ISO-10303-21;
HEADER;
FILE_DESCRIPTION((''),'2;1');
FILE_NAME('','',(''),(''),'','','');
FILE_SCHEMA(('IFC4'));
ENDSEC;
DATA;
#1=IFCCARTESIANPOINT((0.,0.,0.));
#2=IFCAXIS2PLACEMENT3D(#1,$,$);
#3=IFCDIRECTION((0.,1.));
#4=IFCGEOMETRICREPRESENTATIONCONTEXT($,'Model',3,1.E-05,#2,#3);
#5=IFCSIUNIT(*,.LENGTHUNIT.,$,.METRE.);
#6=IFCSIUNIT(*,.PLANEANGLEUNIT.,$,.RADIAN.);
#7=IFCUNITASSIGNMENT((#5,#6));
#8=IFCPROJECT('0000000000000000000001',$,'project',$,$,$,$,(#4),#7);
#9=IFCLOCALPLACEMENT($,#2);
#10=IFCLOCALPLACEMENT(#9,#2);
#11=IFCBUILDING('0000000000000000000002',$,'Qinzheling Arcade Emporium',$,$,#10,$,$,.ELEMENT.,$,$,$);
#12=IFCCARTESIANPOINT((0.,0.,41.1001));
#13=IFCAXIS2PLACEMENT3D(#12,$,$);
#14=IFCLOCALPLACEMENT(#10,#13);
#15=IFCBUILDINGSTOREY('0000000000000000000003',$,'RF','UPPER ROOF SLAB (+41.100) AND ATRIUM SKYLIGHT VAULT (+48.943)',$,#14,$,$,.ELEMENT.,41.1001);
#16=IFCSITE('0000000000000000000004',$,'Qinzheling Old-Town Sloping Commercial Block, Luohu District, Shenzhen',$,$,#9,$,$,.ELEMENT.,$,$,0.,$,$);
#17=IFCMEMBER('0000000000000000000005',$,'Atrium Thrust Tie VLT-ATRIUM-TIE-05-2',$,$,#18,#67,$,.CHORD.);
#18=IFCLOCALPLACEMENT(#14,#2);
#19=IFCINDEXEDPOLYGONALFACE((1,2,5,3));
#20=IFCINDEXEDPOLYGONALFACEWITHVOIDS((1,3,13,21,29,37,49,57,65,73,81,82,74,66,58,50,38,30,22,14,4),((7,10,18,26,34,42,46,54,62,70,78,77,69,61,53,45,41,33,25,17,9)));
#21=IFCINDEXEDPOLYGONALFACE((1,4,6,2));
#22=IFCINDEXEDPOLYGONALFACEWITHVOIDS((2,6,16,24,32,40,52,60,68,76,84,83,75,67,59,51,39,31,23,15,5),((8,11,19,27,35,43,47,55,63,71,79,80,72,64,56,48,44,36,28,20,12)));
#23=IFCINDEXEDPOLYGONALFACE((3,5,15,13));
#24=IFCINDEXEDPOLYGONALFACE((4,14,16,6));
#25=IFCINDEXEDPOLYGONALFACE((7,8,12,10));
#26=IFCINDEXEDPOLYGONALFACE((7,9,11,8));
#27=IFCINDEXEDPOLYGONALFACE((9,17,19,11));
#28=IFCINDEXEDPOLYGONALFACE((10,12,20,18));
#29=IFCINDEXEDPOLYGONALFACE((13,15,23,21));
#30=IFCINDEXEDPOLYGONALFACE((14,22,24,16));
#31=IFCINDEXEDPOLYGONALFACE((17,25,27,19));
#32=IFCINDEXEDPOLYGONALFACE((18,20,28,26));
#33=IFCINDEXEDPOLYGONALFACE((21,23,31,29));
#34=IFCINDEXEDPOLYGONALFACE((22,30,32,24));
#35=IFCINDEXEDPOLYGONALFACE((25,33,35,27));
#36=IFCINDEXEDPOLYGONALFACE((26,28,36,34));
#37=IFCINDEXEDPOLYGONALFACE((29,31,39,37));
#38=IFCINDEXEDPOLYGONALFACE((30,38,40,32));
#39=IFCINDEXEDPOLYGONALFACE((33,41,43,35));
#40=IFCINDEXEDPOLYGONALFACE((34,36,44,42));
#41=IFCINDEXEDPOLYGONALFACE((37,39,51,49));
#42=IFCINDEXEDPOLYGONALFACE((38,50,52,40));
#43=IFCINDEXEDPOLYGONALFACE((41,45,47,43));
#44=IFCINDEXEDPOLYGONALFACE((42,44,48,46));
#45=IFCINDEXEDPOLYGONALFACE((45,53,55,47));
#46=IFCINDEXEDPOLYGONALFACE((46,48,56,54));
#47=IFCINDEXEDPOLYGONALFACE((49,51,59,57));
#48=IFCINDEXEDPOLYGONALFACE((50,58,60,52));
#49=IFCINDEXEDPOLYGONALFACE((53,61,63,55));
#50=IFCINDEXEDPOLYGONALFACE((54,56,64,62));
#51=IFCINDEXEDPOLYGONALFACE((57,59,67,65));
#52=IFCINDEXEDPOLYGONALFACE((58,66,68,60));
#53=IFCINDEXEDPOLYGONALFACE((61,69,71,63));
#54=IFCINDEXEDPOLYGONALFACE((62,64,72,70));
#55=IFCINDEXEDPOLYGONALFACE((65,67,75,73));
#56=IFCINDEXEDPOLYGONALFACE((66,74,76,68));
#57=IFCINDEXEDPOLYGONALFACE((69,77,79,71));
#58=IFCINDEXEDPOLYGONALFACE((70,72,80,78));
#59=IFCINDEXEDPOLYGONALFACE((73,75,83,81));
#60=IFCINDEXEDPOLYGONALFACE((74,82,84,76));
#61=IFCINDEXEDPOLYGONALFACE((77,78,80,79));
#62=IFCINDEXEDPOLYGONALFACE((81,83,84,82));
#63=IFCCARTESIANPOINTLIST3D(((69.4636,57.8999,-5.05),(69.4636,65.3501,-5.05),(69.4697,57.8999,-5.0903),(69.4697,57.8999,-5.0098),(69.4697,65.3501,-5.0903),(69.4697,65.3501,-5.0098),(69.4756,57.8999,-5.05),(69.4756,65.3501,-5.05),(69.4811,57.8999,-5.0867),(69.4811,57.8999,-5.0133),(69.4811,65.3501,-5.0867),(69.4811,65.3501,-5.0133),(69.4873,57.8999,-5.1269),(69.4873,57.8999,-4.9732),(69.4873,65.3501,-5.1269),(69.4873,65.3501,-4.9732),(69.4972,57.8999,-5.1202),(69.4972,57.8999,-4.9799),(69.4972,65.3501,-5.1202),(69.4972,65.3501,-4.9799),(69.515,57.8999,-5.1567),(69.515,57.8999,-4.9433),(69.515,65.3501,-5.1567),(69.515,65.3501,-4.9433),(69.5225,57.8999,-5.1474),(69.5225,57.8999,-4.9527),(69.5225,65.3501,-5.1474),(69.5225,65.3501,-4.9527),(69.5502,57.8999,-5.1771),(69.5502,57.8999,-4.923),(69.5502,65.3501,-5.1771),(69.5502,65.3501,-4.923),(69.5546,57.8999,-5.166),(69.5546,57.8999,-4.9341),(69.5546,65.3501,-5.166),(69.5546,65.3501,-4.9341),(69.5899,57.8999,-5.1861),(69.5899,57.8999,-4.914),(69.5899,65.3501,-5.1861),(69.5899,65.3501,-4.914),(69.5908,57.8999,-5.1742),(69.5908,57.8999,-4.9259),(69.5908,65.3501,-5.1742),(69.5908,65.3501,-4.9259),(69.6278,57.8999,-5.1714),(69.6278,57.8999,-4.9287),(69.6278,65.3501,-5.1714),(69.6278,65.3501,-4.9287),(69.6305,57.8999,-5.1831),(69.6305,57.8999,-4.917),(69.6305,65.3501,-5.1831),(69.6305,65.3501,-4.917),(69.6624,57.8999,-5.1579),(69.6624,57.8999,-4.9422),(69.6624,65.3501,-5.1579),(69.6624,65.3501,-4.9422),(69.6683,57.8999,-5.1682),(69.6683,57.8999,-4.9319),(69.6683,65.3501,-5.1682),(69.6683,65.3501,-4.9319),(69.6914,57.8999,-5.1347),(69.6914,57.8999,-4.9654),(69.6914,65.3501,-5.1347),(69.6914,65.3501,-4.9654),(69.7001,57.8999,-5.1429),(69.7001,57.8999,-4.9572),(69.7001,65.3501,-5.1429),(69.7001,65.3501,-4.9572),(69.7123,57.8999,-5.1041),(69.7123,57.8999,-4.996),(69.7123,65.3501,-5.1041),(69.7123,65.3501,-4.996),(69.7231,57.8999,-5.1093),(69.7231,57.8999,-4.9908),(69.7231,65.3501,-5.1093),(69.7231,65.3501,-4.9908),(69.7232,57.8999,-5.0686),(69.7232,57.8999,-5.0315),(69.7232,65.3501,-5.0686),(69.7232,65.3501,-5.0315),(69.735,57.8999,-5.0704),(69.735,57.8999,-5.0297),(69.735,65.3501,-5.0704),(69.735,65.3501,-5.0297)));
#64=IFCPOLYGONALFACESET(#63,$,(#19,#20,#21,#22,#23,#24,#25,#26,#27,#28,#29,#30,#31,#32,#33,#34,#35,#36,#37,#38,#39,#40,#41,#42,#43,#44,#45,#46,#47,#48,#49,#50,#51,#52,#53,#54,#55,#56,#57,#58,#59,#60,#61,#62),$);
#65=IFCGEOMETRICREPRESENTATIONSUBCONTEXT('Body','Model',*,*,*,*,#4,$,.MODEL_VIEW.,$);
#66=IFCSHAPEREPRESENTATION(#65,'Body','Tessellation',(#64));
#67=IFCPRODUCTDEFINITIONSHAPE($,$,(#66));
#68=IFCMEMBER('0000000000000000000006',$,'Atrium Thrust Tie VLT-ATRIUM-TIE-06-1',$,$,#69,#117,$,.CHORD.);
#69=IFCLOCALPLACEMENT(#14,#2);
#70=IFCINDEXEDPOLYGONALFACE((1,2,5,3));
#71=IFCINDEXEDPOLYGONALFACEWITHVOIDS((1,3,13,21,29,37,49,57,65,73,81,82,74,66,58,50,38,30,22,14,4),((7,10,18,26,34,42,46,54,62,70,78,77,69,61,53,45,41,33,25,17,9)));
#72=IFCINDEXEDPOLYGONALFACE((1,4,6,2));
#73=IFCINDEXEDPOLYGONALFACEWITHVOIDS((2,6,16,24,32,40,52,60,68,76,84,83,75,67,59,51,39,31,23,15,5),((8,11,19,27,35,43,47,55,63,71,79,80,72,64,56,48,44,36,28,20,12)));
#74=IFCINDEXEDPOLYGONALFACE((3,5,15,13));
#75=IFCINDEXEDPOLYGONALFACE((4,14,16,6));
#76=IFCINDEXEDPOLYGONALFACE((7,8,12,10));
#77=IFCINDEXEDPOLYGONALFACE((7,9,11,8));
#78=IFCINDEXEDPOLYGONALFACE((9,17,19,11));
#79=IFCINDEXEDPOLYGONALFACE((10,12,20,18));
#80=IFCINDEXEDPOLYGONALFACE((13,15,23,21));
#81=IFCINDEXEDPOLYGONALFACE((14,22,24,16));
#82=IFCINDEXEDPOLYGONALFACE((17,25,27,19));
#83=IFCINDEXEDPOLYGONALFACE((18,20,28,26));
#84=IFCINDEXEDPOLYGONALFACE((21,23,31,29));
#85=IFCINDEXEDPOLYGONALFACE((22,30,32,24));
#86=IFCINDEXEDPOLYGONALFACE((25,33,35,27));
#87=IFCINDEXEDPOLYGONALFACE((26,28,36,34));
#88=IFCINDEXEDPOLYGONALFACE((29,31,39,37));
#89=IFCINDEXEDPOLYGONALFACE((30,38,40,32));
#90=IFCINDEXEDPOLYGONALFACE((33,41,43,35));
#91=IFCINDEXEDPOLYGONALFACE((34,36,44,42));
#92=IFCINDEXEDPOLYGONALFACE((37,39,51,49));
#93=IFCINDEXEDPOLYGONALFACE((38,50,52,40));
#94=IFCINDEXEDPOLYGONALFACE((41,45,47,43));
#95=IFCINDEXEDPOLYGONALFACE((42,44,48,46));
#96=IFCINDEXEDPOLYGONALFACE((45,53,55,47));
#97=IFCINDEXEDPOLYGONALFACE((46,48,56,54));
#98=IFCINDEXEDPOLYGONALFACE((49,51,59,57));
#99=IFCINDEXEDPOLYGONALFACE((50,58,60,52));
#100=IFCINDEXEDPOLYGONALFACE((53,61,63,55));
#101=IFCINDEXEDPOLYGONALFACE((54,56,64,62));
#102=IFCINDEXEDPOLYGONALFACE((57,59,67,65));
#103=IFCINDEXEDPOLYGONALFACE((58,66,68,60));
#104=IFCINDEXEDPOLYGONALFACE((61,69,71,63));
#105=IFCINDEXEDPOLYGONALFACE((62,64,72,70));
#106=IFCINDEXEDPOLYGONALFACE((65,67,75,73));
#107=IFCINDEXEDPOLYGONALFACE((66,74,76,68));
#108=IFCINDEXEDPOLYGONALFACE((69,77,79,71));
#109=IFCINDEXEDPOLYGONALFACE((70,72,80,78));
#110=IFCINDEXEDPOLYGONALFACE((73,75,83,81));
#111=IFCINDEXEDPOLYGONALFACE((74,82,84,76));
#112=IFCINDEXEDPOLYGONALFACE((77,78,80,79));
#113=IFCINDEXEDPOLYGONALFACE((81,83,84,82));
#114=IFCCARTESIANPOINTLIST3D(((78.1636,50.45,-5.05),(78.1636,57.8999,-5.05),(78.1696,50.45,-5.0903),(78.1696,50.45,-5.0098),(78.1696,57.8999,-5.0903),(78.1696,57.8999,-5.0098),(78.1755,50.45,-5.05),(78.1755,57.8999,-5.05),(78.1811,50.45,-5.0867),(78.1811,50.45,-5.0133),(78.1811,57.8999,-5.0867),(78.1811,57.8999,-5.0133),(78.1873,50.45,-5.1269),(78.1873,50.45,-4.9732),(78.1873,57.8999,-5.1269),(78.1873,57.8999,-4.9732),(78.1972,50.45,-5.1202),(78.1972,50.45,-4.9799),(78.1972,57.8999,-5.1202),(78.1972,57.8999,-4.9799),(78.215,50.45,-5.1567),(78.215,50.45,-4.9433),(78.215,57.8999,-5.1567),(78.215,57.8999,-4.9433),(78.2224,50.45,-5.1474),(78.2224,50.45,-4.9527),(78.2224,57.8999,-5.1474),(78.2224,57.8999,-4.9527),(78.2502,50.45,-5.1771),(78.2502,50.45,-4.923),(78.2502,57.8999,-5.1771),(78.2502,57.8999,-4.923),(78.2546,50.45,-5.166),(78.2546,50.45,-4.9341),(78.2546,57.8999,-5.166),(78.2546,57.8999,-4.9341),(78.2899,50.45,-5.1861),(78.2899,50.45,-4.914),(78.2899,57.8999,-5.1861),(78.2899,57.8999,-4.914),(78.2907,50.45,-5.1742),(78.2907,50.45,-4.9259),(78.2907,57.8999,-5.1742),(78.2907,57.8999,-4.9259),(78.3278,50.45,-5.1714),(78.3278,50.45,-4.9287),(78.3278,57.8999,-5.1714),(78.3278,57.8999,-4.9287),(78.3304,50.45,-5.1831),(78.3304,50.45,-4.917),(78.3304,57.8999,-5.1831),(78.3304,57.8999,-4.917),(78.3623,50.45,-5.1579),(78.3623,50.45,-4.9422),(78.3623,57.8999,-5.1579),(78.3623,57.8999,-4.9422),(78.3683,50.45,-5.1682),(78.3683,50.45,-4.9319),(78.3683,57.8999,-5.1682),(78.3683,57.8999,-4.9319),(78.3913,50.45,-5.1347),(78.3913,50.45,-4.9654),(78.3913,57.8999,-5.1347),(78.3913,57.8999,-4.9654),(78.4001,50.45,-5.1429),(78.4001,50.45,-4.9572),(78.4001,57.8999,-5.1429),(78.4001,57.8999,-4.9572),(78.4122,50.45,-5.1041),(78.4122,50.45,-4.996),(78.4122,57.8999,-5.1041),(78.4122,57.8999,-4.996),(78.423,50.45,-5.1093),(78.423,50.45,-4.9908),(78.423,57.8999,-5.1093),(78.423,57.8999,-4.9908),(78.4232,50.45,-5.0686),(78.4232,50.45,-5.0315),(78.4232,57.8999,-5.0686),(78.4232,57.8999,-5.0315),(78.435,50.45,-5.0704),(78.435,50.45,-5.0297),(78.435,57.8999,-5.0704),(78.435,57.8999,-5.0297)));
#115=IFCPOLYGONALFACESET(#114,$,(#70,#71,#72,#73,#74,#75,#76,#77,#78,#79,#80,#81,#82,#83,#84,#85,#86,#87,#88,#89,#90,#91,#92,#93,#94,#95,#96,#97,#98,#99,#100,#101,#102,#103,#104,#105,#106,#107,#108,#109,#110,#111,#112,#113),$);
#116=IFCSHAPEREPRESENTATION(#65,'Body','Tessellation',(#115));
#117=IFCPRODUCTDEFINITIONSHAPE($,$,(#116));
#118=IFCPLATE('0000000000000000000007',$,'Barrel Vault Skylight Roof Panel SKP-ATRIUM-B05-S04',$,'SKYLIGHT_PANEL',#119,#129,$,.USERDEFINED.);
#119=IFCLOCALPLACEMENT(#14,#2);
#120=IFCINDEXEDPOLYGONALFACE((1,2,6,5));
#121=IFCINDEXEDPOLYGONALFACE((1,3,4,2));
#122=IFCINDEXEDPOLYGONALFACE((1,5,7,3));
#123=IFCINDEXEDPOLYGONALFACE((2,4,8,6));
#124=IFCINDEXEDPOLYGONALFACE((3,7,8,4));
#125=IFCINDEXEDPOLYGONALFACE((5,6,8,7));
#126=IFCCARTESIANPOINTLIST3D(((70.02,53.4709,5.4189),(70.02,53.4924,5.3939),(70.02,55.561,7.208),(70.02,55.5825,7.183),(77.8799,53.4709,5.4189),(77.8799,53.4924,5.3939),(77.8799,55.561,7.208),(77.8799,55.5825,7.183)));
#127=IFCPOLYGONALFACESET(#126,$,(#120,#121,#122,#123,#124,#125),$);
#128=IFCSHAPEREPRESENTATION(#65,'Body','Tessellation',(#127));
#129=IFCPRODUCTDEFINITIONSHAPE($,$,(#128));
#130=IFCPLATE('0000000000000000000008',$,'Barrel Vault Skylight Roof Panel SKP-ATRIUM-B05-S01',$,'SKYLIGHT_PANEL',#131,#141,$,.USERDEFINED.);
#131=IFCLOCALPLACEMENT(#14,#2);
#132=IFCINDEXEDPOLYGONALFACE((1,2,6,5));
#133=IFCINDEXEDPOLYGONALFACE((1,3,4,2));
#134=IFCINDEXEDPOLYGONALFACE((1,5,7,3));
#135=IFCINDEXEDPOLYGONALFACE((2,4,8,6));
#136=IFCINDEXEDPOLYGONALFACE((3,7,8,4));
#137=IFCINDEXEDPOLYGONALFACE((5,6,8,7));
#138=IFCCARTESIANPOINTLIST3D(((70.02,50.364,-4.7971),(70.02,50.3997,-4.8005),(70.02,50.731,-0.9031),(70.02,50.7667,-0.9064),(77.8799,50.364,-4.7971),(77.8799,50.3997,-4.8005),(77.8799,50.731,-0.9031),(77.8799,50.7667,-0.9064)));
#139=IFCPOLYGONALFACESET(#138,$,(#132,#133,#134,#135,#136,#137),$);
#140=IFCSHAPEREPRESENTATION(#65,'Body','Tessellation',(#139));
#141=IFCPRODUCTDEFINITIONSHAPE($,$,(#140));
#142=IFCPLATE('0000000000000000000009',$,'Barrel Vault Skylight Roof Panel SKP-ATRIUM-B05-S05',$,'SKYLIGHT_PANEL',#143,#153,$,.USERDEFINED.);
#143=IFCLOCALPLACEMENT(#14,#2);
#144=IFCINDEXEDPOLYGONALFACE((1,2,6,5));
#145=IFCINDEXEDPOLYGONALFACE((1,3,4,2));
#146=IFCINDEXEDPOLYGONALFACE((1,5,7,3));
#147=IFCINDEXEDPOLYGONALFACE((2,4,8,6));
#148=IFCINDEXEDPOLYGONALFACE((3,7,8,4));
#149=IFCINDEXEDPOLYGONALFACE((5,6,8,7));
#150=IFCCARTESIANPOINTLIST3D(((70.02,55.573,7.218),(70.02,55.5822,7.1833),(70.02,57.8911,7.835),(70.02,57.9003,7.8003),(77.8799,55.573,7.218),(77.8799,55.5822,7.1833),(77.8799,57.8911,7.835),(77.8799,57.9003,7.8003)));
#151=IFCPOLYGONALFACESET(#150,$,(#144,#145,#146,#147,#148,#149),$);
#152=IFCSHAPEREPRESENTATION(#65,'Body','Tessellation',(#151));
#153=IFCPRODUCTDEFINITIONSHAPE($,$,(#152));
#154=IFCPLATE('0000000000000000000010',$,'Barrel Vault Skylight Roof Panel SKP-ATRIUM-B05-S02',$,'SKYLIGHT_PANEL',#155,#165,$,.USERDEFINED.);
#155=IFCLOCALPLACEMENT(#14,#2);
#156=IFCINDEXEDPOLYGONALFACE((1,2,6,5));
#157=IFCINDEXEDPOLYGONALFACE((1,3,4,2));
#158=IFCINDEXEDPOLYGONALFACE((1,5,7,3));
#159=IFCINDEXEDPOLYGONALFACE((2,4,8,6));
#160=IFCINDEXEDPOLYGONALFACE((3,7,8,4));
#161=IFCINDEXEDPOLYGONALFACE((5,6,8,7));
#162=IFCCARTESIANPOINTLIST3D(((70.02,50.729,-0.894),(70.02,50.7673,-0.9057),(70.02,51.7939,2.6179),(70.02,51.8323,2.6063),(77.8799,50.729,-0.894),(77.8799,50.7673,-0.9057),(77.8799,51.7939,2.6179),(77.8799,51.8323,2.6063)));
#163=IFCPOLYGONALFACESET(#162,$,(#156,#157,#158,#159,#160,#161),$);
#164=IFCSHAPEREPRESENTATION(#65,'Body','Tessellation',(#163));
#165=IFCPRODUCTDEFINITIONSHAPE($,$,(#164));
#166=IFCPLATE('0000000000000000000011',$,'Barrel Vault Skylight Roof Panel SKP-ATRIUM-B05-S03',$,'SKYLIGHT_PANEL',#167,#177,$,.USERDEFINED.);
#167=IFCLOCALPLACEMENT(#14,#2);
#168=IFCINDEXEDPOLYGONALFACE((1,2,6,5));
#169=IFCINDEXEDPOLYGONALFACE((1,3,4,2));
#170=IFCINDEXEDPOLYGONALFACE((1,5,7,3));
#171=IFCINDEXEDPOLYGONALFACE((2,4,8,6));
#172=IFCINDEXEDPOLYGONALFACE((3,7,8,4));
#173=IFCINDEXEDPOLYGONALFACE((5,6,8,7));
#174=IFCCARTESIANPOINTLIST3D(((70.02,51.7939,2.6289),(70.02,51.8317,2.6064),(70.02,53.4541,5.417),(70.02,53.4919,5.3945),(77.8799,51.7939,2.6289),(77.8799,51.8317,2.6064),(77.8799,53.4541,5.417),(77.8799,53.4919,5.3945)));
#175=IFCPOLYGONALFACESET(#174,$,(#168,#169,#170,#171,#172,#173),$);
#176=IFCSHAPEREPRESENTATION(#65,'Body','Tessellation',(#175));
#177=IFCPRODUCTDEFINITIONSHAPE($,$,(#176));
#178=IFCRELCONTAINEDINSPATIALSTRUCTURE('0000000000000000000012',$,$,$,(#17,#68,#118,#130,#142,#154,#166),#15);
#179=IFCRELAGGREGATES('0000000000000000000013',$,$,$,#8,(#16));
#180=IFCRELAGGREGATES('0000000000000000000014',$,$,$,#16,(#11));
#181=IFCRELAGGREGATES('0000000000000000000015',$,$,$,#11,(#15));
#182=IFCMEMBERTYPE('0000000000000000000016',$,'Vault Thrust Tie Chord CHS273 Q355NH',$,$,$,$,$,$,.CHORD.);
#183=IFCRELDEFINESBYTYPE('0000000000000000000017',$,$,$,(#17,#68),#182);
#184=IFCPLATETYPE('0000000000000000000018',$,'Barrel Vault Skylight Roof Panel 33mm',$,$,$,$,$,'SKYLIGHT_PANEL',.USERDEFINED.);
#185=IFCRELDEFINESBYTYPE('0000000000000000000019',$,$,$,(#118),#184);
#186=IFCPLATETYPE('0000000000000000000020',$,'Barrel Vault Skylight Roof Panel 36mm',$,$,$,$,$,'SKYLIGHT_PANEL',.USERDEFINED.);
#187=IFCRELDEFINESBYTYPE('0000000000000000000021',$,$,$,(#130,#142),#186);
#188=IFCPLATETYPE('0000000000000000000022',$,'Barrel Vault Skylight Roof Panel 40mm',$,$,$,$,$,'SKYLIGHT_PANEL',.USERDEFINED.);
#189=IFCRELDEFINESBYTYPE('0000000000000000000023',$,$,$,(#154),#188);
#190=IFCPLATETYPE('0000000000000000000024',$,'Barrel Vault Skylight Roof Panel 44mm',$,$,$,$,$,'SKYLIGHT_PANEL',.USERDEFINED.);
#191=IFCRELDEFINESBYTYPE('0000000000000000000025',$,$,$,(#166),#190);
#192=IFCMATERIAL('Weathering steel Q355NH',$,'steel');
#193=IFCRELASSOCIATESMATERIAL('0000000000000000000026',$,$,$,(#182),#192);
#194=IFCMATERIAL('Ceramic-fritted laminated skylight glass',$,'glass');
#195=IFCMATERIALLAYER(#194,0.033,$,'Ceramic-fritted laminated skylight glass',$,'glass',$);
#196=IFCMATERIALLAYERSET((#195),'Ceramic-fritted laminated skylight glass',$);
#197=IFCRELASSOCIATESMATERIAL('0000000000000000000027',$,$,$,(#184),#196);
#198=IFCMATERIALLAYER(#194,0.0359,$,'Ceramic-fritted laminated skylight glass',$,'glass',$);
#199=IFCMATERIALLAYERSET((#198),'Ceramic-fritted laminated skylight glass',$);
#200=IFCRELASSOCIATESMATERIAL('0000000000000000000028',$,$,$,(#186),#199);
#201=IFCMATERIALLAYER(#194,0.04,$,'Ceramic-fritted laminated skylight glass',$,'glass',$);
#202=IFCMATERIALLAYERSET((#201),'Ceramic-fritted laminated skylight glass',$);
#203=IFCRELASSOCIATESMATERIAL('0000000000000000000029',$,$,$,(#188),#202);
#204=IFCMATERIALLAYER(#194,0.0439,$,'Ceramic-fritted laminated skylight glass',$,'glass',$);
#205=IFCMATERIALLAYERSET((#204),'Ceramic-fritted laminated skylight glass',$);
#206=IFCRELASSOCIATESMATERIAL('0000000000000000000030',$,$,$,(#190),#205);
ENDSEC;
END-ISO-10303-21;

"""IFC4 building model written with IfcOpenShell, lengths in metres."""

from ifc_helpers import new_model, si_unit, direction, frame, origin, origin_2d, place, context, subcontext, project, spatial, polyline, hollow_circle, outline, extrude, material, layer, layer_set, material_profile, profile_set, type_object, element, save


model = new_model("IFC4")

# Units and contexts
model_context = context("Model", 3, precision=1e-05, world=origin(), true_north=direction((0.0, 1.0)))
body_context = subcontext(model_context, "Body", "Model", "MODEL_VIEW")
ifc_project = project(units=[si_unit("LENGTHUNIT", "METRE"), si_unit("PLANEANGLEUNIT", "RADIAN")], contexts=[model_context])

# Site, building, storey
site_placement = place(None, origin())
site = spatial("IfcSite", under=ifc_project, at=site_placement, Name="Qinzheling Old-Town Sloping Commercial Block, Luohu District, Shenzhen", CompositionType="ELEMENT", RefElevation=0.0)
building_placement = place(site_placement, origin())
building = spatial("IfcBuilding", under=site, at=building_placement, Name="Qinzheling Arcade Emporium", CompositionType="ELEMENT")
storey_placement = place(building_placement, frame((0.0, 0.0, 41.1001)))
storey = spatial("IfcBuildingStorey", under=building, at=storey_placement, Name="RF", Description="UPPER ROOF SLAB (+41.100) AND ATRIUM SKYLIGHT VAULT (+48.943)", CompositionType="ELEMENT", Elevation=41.1001)

# Shared definitions
ifc_material_1 = material(Name="Weathering steel Q355NH", Category="steel")

# Members
ifc_material_profile_1 = material_profile(ifc_material_1, hollow_circle(Radius=0.1365, WallThickness=0.012, at=origin_2d()), Name="CHS 273x12", Category="steel")
ifc_profile_set_1 = profile_set([ifc_material_profile_1], Name="Weathering steel Q355NH")
member_type_1 = type_object("IfcMemberType", Name="Vault Thrust Tie Chord CHS273 Q355NH", PredefinedType="CHORD", material=ifc_profile_set_1)
member_1_placement = place(storey_placement, frame((69.6001, 57.8999, -5.05), z_axis=(0.0, 1.0, 0.0), x_axis=(-1.0, 0.0, 0.0)))
element("IfcMember", 1, at=member_1_placement, inside=storey, type_object=member_type_1, Name="Atrium Thrust Tie VLT-ATRIUM-TIE-05-2", PredefinedType="CHORD", context=body_context, shape_type="SweptSolid", body=[
    extrude(hollow_circle(Radius=0.1365, WallThickness=0.012, at=origin_2d()), origin(), (0.0, 0.0, 1.0), 7.4502),
])
member_2_placement = place(storey_placement, frame((78.3, 50.45, -5.05), z_axis=(0.0, 1.0, 0.0), x_axis=(-1.0, 0.0, 0.0)))
element("IfcMember", 2, at=member_2_placement, inside=storey, type_object=member_type_1, Name="Atrium Thrust Tie VLT-ATRIUM-TIE-06-1", PredefinedType="CHORD", context=body_context, shape_type="SweptSolid", body=[
    extrude(hollow_circle(Radius=0.1365, WallThickness=0.012, at=origin_2d()), origin(), (0.0, 0.0, 1.0), 7.45),
])

# Plates
ifc_material_2 = material(Name="Ceramic-fritted laminated skylight glass", Category="glass")
ifc_layer_1 = layer(ifc_material_2, 0.033, Name="Ceramic-fritted laminated skylight glass", Category="glass")
ifc_layer_set_1 = layer_set([ifc_layer_1], Name="Ceramic-fritted laminated skylight glass")
plate_type_1 = type_object("IfcPlateType", Name="Barrel Vault Skylight Roof Panel 33mm", ElementType="SKYLIGHT_PANEL", PredefinedType="USERDEFINED", material=ifc_layer_set_1)
plate_1_placement = place(storey_placement, frame((70.02, 53.4709, 5.4189), z_axis=(0.0, -0.65028, 0.759695), x_axis=(1.0, 0.0, 0.0)))
element("IfcPlate", 3, at=plate_1_placement, inside=storey, type_object=plate_type_1, Name="Barrel Vault Skylight Roof Panel SKP-ATRIUM-B05-S04", ObjectType="SKYLIGHT_PANEL", PredefinedType="USERDEFINED", context=body_context, shape_type="SweptSolid", body=[
    extrude(outline(polyline([(0.0, 0.0), (7.8599, 0.0), (7.8599, 2.7512), (0.0, 2.7512), (0.0, 0.0)])), origin(), (0.0, 0.0, -1.0), 0.033),
])
ifc_layer_2 = layer(ifc_material_2, 0.0359, Name="Ceramic-fritted laminated skylight glass", Category="glass")
ifc_layer_set_2 = layer_set([ifc_layer_2], Name="Ceramic-fritted laminated skylight glass")
plate_type_2 = type_object("IfcPlateType", Name="Barrel Vault Skylight Roof Panel 36mm", ElementType="SKYLIGHT_PANEL", PredefinedType="USERDEFINED", material=ifc_layer_set_2)
plate_2_placement = place(storey_placement, frame((70.02, 50.364, -4.7971), z_axis=(0.0, -0.99559, 0.093816), x_axis=(1.0, 0.0, 0.0)))
element("IfcPlate", 4, at=plate_2_placement, inside=storey, type_object=plate_type_2, Name="Barrel Vault Skylight Roof Panel SKP-ATRIUM-B05-S01", ObjectType="SKYLIGHT_PANEL", PredefinedType="USERDEFINED", context=body_context, shape_type="SweptSolid", body=[
    extrude(outline(polyline([(0.0, 0.0), (7.8599, 0.0), (7.8599, 3.9113), (0.0, 3.9113), (0.0, 0.0)])), origin(), (0.0, 0.0, -1.0), 0.0359),
])
plate_3_placement = place(storey_placement, frame((70.02, 55.573, 7.218), z_axis=(0.0, -0.257188, 0.966362), x_axis=(1.0, 0.0, 0.0)))
element("IfcPlate", 5, at=plate_3_placement, inside=storey, type_object=plate_type_2, Name="Barrel Vault Skylight Roof Panel SKP-ATRIUM-B05-S05", ObjectType="SKYLIGHT_PANEL", PredefinedType="USERDEFINED", context=body_context, shape_type="SweptSolid", body=[
    extrude(outline(polyline([(0.0, 0.0), (7.8599, 0.0), (7.8599, 2.3988), (0.0, 2.3988), (0.0, 0.0)])), origin(), (0.0, 0.0, -1.0), 0.0359),
])
ifc_layer_3 = layer(ifc_material_2, 0.04, Name="Ceramic-fritted laminated skylight glass", Category="glass")
ifc_layer_set_3 = layer_set([ifc_layer_3], Name="Ceramic-fritted laminated skylight glass")
plate_type_3 = type_object("IfcPlateType", Name="Barrel Vault Skylight Roof Panel 40mm", ElementType="SKYLIGHT_PANEL", PredefinedType="USERDEFINED", material=ifc_layer_set_3)
plate_4_placement = place(storey_placement, frame((70.02, 50.729, -0.894), z_axis=(0.0, -0.956971, 0.290185), x_axis=(1.0, 0.0, 0.0)))
element("IfcPlate", 6, at=plate_4_placement, inside=storey, type_object=plate_type_3, Name="Barrel Vault Skylight Roof Panel SKP-ATRIUM-B05-S02", ObjectType="SKYLIGHT_PANEL", PredefinedType="USERDEFINED", context=body_context, shape_type="SweptSolid", body=[
    extrude(outline(polyline([(0.0, 0.0), (7.8599, 0.0), (7.8599, 3.6699), (0.0, 3.6699), (0.0, 0.0)])), origin(), (0.0, 0.0, -1.0), 0.04),
])
ifc_layer_4 = layer(ifc_material_2, 0.0439, Name="Ceramic-fritted laminated skylight glass", Category="glass")
ifc_layer_set_4 = layer_set([ifc_layer_4], Name="Ceramic-fritted laminated skylight glass")
plate_type_4 = type_object("IfcPlateType", Name="Barrel Vault Skylight Roof Panel 44mm", ElementType="SKYLIGHT_PANEL", PredefinedType="USERDEFINED", material=ifc_layer_set_4)
plate_5_placement = place(storey_placement, frame((70.02, 51.7939, 2.6289), z_axis=(0.0, -0.859214, 0.511616), x_axis=(1.0, 0.0, 0.0)))
element("IfcPlate", 7, at=plate_5_placement, inside=storey, type_object=plate_type_4, Name="Barrel Vault Skylight Roof Panel SKP-ATRIUM-B05-S03", ObjectType="SKYLIGHT_PANEL", PredefinedType="USERDEFINED", context=body_context, shape_type="SweptSolid", body=[
    extrude(outline(polyline([(0.0, 0.0), (7.8599, 0.0), (7.8599, 3.2449), (0.0, 3.2449), (0.0, 0.0)])), origin(), (0.0, 0.0, -1.0), 0.0439),
])

save(model, "model.ifc")
